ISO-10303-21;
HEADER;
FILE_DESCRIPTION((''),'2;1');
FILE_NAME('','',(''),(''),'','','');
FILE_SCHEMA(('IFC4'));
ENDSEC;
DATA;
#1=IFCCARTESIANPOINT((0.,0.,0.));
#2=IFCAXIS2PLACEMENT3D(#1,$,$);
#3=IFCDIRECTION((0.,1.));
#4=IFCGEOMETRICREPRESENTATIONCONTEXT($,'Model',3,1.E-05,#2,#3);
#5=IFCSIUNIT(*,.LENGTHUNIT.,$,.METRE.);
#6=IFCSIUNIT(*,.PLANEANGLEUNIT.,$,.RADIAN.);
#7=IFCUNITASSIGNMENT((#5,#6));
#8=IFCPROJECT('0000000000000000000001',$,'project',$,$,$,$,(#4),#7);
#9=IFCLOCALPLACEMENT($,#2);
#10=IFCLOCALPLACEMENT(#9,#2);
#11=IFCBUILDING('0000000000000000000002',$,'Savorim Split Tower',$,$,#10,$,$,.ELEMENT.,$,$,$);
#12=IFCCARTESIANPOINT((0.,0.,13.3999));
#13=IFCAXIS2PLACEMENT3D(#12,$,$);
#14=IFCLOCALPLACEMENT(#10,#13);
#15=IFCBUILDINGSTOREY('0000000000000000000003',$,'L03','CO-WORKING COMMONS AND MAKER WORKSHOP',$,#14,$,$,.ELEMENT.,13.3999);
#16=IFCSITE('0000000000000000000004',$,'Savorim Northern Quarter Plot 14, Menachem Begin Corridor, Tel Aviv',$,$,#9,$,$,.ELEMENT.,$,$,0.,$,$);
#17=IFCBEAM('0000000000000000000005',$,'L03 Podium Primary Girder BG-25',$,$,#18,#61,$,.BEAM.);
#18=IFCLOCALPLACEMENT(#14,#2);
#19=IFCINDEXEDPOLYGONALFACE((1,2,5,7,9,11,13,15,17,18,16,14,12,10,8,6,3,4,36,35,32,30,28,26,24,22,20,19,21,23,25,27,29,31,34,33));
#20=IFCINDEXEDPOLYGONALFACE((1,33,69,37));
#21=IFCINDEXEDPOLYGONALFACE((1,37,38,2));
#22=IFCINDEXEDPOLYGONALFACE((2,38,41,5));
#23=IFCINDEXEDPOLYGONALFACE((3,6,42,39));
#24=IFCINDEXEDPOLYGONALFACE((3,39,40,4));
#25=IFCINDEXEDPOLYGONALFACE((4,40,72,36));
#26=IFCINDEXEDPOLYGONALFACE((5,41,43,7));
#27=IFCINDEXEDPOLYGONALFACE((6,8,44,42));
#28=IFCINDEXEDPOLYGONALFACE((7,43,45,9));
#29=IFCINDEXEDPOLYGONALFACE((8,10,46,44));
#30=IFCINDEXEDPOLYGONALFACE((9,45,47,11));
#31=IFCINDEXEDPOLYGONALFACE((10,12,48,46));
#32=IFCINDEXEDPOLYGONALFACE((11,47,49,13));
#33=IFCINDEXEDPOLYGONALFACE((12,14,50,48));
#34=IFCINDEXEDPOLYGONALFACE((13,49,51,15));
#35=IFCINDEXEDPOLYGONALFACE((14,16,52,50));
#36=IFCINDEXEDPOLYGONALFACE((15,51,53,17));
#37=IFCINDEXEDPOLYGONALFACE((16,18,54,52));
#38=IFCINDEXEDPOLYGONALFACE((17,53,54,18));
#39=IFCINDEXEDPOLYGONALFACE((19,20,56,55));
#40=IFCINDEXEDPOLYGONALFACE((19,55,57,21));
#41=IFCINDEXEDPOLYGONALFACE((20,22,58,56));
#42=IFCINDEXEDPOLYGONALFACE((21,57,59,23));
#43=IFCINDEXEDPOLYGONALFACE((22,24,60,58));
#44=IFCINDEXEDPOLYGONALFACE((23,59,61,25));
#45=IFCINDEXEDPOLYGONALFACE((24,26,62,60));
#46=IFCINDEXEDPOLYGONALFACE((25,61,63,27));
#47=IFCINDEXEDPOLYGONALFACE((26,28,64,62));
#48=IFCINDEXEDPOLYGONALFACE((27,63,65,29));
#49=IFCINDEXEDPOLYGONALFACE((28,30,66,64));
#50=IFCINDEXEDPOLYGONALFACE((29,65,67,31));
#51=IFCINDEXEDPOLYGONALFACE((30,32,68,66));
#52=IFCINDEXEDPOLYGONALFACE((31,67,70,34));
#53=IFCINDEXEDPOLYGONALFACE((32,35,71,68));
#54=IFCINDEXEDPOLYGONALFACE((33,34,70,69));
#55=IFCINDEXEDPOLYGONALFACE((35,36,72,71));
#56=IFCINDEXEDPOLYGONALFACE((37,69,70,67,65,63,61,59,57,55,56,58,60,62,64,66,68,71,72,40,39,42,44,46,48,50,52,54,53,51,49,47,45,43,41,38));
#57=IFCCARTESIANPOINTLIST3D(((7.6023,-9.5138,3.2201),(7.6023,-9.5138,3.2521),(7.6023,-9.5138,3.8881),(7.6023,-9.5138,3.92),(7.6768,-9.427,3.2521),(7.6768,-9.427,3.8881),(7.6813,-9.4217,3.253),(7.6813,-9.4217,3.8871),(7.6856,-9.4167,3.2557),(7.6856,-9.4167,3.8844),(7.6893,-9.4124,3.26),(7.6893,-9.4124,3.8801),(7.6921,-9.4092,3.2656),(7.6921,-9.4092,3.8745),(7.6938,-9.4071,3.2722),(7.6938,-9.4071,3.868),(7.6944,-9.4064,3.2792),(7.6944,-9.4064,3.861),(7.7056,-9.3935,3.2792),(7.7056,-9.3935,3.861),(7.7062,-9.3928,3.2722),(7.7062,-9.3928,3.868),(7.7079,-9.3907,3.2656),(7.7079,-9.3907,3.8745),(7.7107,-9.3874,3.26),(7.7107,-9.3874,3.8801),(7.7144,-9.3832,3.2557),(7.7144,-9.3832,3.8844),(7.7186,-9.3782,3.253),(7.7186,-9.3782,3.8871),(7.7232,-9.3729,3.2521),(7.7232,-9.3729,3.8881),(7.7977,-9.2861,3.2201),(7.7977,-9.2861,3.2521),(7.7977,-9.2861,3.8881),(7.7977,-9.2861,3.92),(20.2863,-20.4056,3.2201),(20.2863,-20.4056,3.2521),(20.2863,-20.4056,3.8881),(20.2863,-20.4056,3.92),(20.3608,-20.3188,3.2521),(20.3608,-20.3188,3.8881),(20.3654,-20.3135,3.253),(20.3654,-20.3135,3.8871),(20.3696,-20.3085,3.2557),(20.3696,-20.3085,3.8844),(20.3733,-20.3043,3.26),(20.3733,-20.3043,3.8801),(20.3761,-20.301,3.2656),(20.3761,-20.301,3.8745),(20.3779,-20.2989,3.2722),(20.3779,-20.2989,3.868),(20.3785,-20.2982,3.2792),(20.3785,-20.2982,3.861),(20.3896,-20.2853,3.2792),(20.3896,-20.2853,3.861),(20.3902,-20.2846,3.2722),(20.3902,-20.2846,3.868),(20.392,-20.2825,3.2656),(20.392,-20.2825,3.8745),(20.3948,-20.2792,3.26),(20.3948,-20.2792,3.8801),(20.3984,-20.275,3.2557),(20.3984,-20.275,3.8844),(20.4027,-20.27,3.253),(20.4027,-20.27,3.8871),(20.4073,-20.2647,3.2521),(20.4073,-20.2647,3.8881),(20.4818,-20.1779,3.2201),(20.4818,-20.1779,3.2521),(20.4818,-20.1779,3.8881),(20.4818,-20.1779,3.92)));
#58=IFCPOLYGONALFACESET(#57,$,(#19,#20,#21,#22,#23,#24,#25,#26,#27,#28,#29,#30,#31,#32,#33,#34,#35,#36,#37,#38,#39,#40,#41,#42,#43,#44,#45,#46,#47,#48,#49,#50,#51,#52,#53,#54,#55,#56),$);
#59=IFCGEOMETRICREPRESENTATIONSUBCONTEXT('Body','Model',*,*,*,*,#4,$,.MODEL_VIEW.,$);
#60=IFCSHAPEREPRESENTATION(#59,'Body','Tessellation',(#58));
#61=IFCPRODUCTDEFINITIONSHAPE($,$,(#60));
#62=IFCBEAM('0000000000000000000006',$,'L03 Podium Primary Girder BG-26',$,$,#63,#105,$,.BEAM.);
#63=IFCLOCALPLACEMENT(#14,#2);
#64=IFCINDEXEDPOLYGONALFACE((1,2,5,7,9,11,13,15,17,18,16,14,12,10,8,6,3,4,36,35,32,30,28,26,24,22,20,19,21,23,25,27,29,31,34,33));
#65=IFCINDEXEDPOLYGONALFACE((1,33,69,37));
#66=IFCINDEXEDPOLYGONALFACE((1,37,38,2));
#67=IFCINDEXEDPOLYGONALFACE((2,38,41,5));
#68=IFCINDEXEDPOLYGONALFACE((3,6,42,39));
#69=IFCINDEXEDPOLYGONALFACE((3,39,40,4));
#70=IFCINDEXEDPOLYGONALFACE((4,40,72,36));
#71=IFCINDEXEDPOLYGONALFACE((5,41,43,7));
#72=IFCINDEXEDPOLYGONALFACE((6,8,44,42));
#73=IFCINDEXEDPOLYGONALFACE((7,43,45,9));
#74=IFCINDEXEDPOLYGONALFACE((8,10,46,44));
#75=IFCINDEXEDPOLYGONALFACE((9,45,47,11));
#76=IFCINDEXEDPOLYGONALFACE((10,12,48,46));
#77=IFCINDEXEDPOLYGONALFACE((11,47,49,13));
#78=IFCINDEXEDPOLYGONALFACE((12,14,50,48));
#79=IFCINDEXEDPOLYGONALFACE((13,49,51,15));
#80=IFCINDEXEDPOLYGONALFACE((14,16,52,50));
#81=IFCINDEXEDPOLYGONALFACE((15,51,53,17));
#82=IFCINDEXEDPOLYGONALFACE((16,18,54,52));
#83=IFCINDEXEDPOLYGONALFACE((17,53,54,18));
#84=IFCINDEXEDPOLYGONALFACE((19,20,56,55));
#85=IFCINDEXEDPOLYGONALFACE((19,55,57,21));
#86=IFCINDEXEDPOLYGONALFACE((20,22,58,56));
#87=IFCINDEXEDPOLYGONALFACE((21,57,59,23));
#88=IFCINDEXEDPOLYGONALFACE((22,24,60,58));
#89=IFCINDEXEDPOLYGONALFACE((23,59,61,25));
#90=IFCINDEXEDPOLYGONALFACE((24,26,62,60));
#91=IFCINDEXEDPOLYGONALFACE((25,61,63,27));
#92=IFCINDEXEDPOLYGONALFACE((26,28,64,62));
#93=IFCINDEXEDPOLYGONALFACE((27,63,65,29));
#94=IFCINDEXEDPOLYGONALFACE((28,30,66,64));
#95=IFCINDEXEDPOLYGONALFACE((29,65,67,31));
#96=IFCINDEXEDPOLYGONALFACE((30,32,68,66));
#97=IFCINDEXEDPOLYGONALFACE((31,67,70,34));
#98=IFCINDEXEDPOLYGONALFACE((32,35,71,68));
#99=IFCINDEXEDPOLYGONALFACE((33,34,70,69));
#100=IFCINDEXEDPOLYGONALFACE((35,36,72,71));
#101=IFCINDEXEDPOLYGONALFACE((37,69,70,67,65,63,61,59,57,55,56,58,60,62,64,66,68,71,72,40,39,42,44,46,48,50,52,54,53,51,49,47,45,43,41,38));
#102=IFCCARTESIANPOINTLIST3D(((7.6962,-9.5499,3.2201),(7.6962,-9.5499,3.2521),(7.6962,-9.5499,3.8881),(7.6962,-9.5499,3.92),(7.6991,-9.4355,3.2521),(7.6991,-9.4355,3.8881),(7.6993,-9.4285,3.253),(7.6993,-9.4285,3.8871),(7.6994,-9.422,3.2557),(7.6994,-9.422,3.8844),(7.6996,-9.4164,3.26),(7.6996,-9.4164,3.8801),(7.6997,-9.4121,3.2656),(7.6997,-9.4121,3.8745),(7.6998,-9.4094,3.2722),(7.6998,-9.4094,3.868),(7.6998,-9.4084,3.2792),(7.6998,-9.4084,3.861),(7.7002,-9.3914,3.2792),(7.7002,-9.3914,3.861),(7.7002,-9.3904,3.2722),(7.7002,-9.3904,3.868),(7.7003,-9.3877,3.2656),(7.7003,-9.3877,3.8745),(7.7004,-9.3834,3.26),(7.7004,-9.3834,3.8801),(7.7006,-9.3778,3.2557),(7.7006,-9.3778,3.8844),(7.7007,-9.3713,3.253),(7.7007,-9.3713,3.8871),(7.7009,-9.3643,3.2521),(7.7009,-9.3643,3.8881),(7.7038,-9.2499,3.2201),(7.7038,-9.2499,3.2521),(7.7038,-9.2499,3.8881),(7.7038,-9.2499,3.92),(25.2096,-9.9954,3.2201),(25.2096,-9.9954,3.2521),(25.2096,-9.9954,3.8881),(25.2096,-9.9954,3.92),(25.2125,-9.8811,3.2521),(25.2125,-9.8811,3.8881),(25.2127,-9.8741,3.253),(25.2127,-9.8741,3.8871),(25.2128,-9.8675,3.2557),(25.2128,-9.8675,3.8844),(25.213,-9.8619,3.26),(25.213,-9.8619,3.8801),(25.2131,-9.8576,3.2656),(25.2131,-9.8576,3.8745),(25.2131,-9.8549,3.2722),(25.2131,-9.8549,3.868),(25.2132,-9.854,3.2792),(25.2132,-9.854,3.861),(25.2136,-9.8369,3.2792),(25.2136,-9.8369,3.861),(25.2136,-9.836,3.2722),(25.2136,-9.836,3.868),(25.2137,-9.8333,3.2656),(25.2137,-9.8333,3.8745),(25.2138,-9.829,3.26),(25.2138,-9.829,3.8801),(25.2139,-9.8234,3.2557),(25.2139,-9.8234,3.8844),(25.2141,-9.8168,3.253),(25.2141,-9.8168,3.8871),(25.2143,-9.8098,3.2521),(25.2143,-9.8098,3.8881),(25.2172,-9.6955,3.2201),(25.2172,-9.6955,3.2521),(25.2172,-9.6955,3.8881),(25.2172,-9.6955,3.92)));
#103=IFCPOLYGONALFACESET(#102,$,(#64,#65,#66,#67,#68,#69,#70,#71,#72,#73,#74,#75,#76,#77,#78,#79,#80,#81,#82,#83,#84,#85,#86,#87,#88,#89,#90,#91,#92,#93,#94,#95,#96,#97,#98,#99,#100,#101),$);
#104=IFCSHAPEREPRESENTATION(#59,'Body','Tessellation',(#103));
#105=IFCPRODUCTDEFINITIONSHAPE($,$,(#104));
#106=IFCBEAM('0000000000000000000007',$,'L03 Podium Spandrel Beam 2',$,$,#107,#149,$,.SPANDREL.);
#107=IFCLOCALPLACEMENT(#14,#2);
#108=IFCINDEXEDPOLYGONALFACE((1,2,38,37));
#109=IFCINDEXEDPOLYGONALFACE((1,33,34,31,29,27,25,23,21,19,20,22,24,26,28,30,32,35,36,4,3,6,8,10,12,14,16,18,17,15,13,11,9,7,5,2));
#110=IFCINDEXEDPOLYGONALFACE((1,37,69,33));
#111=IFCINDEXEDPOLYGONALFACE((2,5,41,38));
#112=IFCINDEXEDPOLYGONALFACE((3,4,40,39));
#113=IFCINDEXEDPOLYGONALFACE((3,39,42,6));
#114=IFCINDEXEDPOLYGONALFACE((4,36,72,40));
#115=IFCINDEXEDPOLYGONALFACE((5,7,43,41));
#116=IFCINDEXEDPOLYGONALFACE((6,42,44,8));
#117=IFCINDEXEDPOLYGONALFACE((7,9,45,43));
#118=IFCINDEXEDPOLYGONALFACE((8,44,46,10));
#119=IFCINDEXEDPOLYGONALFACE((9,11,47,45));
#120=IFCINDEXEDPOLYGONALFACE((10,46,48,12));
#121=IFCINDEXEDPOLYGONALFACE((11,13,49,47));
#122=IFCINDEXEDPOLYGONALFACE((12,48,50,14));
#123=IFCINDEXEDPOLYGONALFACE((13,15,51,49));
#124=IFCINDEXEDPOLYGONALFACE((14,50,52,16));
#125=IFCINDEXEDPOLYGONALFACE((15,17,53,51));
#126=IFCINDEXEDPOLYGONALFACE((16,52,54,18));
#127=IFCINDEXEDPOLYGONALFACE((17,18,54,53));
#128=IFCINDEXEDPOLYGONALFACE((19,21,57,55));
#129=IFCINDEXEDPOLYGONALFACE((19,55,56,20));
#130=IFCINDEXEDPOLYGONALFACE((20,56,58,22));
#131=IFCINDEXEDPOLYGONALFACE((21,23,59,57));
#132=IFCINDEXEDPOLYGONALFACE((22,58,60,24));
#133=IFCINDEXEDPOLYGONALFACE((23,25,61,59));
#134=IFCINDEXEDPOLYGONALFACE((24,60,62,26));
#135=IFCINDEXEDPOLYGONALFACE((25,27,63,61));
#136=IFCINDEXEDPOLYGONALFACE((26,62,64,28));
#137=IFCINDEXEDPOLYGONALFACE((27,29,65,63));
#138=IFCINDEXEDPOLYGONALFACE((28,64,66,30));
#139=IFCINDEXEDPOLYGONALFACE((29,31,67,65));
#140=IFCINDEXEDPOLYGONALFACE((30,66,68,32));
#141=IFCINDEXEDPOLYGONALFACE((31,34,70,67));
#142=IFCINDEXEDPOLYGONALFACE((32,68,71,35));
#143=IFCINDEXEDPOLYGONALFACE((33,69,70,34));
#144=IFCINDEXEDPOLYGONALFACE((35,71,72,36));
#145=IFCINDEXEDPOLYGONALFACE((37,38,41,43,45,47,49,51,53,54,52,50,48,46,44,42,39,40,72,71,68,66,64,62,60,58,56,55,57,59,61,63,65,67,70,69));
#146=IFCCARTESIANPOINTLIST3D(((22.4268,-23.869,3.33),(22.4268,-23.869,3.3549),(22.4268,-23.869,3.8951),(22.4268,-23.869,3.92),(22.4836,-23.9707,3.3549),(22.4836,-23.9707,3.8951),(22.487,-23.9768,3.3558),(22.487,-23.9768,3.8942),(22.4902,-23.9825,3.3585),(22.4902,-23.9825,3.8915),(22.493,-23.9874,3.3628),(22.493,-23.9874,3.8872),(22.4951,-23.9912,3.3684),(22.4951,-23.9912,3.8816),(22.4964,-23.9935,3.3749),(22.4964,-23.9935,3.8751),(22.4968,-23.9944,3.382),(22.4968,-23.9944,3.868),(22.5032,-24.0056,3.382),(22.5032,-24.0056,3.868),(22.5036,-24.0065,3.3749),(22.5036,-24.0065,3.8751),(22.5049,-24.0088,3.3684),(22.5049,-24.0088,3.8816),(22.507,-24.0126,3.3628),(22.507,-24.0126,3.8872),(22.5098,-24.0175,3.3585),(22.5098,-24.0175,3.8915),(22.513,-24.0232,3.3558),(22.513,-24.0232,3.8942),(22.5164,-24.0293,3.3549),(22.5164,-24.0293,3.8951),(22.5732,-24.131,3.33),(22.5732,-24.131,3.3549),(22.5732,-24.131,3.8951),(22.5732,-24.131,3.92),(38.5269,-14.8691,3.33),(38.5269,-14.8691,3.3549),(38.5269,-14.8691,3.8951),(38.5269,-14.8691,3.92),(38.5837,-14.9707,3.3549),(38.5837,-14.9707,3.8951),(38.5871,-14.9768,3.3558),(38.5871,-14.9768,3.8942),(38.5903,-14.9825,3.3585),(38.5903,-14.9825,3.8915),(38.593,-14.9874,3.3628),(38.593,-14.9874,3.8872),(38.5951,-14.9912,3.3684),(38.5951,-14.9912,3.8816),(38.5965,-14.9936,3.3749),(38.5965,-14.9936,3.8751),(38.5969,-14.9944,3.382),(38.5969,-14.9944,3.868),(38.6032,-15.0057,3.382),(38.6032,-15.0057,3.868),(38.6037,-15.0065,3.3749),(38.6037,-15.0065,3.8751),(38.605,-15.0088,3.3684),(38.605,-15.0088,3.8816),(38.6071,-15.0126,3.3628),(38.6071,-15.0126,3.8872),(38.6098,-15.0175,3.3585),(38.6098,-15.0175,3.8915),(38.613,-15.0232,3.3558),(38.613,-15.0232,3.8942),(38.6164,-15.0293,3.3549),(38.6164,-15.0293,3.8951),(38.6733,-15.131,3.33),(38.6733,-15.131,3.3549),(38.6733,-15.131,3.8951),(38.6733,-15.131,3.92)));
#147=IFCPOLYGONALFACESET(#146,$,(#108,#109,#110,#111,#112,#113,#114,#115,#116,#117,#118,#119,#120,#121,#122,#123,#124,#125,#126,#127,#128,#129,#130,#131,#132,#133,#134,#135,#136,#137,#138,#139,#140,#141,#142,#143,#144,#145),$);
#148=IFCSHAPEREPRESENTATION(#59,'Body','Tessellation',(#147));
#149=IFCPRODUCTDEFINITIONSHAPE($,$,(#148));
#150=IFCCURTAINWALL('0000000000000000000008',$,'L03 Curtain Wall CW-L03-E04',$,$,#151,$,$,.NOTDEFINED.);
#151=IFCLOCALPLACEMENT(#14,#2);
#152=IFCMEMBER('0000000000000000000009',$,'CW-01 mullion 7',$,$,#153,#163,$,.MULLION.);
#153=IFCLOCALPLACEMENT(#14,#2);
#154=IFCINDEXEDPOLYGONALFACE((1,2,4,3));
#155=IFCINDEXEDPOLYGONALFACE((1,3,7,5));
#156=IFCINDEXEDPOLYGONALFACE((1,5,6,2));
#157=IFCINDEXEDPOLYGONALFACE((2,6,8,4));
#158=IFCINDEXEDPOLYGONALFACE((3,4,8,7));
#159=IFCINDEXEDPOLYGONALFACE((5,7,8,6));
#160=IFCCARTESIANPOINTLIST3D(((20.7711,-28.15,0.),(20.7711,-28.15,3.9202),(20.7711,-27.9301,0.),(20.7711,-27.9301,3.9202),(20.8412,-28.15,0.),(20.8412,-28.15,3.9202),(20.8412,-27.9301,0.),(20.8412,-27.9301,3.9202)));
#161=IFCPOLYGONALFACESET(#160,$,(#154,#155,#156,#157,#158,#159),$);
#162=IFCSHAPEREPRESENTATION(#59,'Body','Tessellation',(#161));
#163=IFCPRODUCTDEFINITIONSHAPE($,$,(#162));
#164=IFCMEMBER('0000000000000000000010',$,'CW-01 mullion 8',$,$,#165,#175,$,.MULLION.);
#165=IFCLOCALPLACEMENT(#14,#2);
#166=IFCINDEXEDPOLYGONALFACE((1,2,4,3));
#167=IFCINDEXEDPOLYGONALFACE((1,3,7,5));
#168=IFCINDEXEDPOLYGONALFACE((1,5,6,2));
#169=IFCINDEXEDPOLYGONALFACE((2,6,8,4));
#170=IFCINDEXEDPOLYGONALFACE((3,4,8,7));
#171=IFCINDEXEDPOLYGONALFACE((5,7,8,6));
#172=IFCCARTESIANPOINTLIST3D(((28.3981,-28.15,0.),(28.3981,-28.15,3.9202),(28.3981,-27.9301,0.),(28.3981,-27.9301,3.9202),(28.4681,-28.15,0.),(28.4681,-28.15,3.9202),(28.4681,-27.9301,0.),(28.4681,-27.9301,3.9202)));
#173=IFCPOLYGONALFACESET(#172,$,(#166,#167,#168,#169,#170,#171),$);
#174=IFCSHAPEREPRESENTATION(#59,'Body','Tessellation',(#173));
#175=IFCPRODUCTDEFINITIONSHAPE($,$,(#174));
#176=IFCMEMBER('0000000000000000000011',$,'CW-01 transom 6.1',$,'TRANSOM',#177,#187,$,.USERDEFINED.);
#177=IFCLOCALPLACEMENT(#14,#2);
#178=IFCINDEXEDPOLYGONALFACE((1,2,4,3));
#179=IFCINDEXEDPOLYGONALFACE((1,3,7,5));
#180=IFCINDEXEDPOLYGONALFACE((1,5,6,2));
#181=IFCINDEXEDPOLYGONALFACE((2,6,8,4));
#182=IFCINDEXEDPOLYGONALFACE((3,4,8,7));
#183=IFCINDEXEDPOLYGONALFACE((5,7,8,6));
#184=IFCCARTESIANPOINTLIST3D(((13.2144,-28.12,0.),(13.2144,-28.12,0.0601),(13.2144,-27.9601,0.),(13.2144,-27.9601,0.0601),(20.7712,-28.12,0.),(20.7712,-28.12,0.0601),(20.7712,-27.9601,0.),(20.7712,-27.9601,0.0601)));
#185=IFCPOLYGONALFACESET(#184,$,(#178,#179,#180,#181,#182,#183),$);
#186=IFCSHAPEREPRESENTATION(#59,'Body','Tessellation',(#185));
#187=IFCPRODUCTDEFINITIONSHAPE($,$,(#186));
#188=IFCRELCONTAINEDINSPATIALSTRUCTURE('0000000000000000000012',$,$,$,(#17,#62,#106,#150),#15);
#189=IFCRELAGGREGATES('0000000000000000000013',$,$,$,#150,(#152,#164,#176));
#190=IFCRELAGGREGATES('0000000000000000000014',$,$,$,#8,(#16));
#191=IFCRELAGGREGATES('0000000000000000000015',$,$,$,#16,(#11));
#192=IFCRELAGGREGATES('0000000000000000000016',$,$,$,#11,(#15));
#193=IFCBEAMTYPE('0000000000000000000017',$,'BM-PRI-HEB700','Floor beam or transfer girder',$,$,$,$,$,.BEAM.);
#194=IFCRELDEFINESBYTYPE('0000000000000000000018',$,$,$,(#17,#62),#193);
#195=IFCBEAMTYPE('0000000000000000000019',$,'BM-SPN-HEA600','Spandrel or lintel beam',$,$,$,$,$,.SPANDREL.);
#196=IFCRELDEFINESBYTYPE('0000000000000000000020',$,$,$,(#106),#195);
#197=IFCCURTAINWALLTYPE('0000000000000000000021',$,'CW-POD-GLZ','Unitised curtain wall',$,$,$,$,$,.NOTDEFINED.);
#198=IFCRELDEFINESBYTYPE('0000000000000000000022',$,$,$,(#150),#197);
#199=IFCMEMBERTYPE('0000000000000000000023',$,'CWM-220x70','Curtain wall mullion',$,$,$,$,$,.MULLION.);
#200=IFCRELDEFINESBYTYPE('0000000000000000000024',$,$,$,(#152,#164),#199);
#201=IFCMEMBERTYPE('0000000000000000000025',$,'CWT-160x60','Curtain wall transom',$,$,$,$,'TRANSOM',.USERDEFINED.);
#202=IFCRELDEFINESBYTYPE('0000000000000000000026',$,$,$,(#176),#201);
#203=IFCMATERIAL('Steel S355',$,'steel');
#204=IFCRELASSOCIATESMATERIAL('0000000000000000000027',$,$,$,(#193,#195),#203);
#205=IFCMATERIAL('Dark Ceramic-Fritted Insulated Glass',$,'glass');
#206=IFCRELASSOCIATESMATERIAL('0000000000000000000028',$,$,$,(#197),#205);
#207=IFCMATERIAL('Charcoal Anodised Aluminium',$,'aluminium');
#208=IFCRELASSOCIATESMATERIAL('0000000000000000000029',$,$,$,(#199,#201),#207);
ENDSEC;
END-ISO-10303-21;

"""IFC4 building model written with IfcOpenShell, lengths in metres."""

from ifc_helpers import new_model, si_unit, direction, frame, origin, origin_2d, place, context, subcontext, project, spatial, rectangle, i_section, extrude, material, material_profile, profile_set, type_object, element, aggregate, save


model = new_model("IFC4")

# Units and contexts
model_context = context("Model", 3, precision=1e-05, world=origin(), true_north=direction((0.0, 1.0)))
body_context = subcontext(model_context, "Body", "Model", "MODEL_VIEW")
ifc_project = project(units=[si_unit("LENGTHUNIT", "METRE"), si_unit("PLANEANGLEUNIT", "RADIAN")], contexts=[model_context])

# Site, building, storey
site_placement = place(None, origin())
site = spatial("IfcSite", under=ifc_project, at=site_placement, Name="Savorim Northern Quarter Plot 14, Menachem Begin Corridor, Tel Aviv", CompositionType="ELEMENT", RefElevation=0.0)
building_placement = place(site_placement, origin())
building = spatial("IfcBuilding", under=site, at=building_placement, Name="Savorim Split Tower", CompositionType="ELEMENT")
storey_placement = place(building_placement, frame((0.0, 0.0, 13.3999)))
storey = spatial("IfcBuildingStorey", under=building, at=storey_placement, Name="L03", Description="CO-WORKING COMMONS AND MAKER WORKSHOP", CompositionType="ELEMENT", Elevation=13.3999)

# Beams
ifc_material_1 = material(Name="Steel S355", Category="steel")
ifc_material_profile_1 = material_profile(ifc_material_1, i_section(OverallWidth=0.3, OverallDepth=0.7, WebThickness=0.0171, FlangeThickness=0.032, FilletRadius=0.0271, at=origin_2d()), Name="HEB 700")
ifc_profile_set_1 = profile_set([ifc_material_profile_1], Name="Steel S355")
beam_type_1 = type_object("IfcBeamType", Name="BM-PRI-HEB700", Description="Floor beam or transfer girder", PredefinedType="BEAM", material=ifc_profile_set_1)
beam_1_placement = place(storey_placement, frame((20.384, -20.2917, 3.5701), z_axis=(-0.758672, 0.651473, 0.0), x_axis=(-0.651473, -0.758672, 0.0)))
element("IfcBeam", 1, at=beam_1_placement, inside=storey, type_object=beam_type_1, Name="L03 Podium Primary Girder BG-25", PredefinedType="BEAM", context=body_context, shape_type="SweptSolid", body=[
    extrude(i_section(OverallWidth=0.3, OverallDepth=0.7, WebThickness=0.0171, FlangeThickness=0.032, FilletRadius=0.0271, at=origin_2d()), origin(), (0.0, 0.0, 1.0), 16.7188),
])
beam_2_placement = place(storey_placement, frame((25.2134, -9.8455, 3.5701), z_axis=(-0.999677, 0.025433, 0.0), x_axis=(-0.025433, -0.999677, 0.0)))
element("IfcBeam", 2, at=beam_2_placement, inside=storey, type_object=beam_type_1, Name="L03 Podium Primary Girder BG-26", PredefinedType="BEAM", context=body_context, shape_type="SweptSolid", body=[
    extrude(i_section(OverallWidth=0.3, OverallDepth=0.7, WebThickness=0.0171, FlangeThickness=0.032, FilletRadius=0.0271, at=origin_2d()), origin(), (0.0, 0.0, 1.0), 17.519),
])
ifc_material_profile_2 = material_profile(ifc_material_1, i_section(OverallWidth=0.3, OverallDepth=0.5901, WebThickness=0.0129, FlangeThickness=0.0249, FilletRadius=0.0271, at=origin_2d()), Name="HEA 600")
ifc_profile_set_2 = profile_set([ifc_material_profile_2], Name="Steel S355")
beam_type_2 = type_object("IfcBeamType", Name="BM-SPN-HEA600", Description="Spandrel or lintel beam", PredefinedType="SPANDREL", material=ifc_profile_set_2)
beam_3_placement = place(storey_placement, frame((22.5, -24.0, 3.625), z_axis=(0.872877, 0.487941, 0.0), x_axis=(-0.487941, 0.872877, 0.0)))
element("IfcBeam", 3, at=beam_3_placement, inside=storey, type_object=beam_type_2, Name="L03 Podium Spandrel Beam 2", PredefinedType="SPANDREL", context=body_context, shape_type="SweptSolid", body=[
    extrude(i_section(OverallWidth=0.3, OverallDepth=0.5901, WebThickness=0.0129, FlangeThickness=0.0249, FilletRadius=0.0271, at=origin_2d()), origin(), (0.0, 0.0, 1.0), 18.4448),
])

# Curtain wall, members
ifc_material_2 = material(Name="Dark Ceramic-Fritted Insulated Glass", Category="glass")
curtain_wall_type = type_object("IfcCurtainWallType", Name="CW-POD-GLZ", Description="Unitised curtain wall", PredefinedType="NOTDEFINED", material=ifc_material_2)
curtain_wall_placement = place(storey_placement, origin())
curtain_wall = element("IfcCurtainWall", 4, at=curtain_wall_placement, inside=storey, type_object=curtain_wall_type, Name="L03 Curtain Wall CW-L03-E04", PredefinedType="NOTDEFINED")
ifc_material_3 = material(Name="Charcoal Anodised Aluminium", Category="aluminium")
ifc_material_profile_3 = material_profile(ifc_material_3, rectangle(XDim=0.22, YDim=0.0701, at=origin_2d()), Name="ALU-M 220x70")
ifc_profile_set_3 = profile_set([ifc_material_profile_3], Name="Charcoal Anodised Aluminium")
member_type_1 = type_object("IfcMemberType", Name="CWM-220x70", Description="Curtain wall mullion", PredefinedType="MULLION", material=ifc_profile_set_3)
member_1_placement = place(storey_placement, frame((20.8062, -28.04, 0.0), z_axis=(0.0, 0.0, 1.0), x_axis=(0.0, 1.0, 0.0)))
member_1 = element("IfcMember", 5, at=member_1_placement, type_object=member_type_1, Name="CW-01 mullion 7", PredefinedType="MULLION", context=body_context, shape_type="SweptSolid", body=[
    extrude(rectangle(XDim=0.22, YDim=0.0701, at=origin_2d()), origin(), (0.0, 0.0, 1.0), 3.9202),
])
member_2_placement = place(storey_placement, frame((28.4331, -28.04, 0.0), z_axis=(0.0, 0.0, 1.0), x_axis=(0.0, 1.0, 0.0)))
member_2 = element("IfcMember", 6, at=member_2_placement, type_object=member_type_1, Name="CW-01 mullion 8", PredefinedType="MULLION", context=body_context, shape_type="SweptSolid", body=[
    extrude(rectangle(XDim=0.22, YDim=0.0701, at=origin_2d()), origin(), (0.0, 0.0, 1.0), 3.9202),
])
ifc_material_profile_4 = material_profile(ifc_material_3, rectangle(XDim=0.1599, YDim=0.0601, at=origin_2d()), Name="ALU-T 160x60")
ifc_profile_set_4 = profile_set([ifc_material_profile_4], Name="Charcoal Anodised Aluminium")
member_type_2 = type_object("IfcMemberType", Name="CWT-160x60", Description="Curtain wall transom", ElementType="TRANSOM", PredefinedType="USERDEFINED", material=ifc_profile_set_4)
member_3_placement = place(storey_placement, frame((13.2144, -28.04, 0.03), z_axis=(1.0, 0.0, 0.0), x_axis=(0.0, 1.0, 0.0)))
member_3 = element("IfcMember", 7, at=member_3_placement, type_object=member_type_2, Name="CW-01 transom 6.1", ObjectType="TRANSOM", PredefinedType="USERDEFINED", context=body_context, shape_type="SweptSolid", body=[
    extrude(rectangle(XDim=0.1599, YDim=0.0601, at=origin_2d()), origin(), (0.0, 0.0, 1.0), 7.5569),
])
aggregate(curtain_wall, [member_1, member_2, member_3])

save(model, "model.ifc")
